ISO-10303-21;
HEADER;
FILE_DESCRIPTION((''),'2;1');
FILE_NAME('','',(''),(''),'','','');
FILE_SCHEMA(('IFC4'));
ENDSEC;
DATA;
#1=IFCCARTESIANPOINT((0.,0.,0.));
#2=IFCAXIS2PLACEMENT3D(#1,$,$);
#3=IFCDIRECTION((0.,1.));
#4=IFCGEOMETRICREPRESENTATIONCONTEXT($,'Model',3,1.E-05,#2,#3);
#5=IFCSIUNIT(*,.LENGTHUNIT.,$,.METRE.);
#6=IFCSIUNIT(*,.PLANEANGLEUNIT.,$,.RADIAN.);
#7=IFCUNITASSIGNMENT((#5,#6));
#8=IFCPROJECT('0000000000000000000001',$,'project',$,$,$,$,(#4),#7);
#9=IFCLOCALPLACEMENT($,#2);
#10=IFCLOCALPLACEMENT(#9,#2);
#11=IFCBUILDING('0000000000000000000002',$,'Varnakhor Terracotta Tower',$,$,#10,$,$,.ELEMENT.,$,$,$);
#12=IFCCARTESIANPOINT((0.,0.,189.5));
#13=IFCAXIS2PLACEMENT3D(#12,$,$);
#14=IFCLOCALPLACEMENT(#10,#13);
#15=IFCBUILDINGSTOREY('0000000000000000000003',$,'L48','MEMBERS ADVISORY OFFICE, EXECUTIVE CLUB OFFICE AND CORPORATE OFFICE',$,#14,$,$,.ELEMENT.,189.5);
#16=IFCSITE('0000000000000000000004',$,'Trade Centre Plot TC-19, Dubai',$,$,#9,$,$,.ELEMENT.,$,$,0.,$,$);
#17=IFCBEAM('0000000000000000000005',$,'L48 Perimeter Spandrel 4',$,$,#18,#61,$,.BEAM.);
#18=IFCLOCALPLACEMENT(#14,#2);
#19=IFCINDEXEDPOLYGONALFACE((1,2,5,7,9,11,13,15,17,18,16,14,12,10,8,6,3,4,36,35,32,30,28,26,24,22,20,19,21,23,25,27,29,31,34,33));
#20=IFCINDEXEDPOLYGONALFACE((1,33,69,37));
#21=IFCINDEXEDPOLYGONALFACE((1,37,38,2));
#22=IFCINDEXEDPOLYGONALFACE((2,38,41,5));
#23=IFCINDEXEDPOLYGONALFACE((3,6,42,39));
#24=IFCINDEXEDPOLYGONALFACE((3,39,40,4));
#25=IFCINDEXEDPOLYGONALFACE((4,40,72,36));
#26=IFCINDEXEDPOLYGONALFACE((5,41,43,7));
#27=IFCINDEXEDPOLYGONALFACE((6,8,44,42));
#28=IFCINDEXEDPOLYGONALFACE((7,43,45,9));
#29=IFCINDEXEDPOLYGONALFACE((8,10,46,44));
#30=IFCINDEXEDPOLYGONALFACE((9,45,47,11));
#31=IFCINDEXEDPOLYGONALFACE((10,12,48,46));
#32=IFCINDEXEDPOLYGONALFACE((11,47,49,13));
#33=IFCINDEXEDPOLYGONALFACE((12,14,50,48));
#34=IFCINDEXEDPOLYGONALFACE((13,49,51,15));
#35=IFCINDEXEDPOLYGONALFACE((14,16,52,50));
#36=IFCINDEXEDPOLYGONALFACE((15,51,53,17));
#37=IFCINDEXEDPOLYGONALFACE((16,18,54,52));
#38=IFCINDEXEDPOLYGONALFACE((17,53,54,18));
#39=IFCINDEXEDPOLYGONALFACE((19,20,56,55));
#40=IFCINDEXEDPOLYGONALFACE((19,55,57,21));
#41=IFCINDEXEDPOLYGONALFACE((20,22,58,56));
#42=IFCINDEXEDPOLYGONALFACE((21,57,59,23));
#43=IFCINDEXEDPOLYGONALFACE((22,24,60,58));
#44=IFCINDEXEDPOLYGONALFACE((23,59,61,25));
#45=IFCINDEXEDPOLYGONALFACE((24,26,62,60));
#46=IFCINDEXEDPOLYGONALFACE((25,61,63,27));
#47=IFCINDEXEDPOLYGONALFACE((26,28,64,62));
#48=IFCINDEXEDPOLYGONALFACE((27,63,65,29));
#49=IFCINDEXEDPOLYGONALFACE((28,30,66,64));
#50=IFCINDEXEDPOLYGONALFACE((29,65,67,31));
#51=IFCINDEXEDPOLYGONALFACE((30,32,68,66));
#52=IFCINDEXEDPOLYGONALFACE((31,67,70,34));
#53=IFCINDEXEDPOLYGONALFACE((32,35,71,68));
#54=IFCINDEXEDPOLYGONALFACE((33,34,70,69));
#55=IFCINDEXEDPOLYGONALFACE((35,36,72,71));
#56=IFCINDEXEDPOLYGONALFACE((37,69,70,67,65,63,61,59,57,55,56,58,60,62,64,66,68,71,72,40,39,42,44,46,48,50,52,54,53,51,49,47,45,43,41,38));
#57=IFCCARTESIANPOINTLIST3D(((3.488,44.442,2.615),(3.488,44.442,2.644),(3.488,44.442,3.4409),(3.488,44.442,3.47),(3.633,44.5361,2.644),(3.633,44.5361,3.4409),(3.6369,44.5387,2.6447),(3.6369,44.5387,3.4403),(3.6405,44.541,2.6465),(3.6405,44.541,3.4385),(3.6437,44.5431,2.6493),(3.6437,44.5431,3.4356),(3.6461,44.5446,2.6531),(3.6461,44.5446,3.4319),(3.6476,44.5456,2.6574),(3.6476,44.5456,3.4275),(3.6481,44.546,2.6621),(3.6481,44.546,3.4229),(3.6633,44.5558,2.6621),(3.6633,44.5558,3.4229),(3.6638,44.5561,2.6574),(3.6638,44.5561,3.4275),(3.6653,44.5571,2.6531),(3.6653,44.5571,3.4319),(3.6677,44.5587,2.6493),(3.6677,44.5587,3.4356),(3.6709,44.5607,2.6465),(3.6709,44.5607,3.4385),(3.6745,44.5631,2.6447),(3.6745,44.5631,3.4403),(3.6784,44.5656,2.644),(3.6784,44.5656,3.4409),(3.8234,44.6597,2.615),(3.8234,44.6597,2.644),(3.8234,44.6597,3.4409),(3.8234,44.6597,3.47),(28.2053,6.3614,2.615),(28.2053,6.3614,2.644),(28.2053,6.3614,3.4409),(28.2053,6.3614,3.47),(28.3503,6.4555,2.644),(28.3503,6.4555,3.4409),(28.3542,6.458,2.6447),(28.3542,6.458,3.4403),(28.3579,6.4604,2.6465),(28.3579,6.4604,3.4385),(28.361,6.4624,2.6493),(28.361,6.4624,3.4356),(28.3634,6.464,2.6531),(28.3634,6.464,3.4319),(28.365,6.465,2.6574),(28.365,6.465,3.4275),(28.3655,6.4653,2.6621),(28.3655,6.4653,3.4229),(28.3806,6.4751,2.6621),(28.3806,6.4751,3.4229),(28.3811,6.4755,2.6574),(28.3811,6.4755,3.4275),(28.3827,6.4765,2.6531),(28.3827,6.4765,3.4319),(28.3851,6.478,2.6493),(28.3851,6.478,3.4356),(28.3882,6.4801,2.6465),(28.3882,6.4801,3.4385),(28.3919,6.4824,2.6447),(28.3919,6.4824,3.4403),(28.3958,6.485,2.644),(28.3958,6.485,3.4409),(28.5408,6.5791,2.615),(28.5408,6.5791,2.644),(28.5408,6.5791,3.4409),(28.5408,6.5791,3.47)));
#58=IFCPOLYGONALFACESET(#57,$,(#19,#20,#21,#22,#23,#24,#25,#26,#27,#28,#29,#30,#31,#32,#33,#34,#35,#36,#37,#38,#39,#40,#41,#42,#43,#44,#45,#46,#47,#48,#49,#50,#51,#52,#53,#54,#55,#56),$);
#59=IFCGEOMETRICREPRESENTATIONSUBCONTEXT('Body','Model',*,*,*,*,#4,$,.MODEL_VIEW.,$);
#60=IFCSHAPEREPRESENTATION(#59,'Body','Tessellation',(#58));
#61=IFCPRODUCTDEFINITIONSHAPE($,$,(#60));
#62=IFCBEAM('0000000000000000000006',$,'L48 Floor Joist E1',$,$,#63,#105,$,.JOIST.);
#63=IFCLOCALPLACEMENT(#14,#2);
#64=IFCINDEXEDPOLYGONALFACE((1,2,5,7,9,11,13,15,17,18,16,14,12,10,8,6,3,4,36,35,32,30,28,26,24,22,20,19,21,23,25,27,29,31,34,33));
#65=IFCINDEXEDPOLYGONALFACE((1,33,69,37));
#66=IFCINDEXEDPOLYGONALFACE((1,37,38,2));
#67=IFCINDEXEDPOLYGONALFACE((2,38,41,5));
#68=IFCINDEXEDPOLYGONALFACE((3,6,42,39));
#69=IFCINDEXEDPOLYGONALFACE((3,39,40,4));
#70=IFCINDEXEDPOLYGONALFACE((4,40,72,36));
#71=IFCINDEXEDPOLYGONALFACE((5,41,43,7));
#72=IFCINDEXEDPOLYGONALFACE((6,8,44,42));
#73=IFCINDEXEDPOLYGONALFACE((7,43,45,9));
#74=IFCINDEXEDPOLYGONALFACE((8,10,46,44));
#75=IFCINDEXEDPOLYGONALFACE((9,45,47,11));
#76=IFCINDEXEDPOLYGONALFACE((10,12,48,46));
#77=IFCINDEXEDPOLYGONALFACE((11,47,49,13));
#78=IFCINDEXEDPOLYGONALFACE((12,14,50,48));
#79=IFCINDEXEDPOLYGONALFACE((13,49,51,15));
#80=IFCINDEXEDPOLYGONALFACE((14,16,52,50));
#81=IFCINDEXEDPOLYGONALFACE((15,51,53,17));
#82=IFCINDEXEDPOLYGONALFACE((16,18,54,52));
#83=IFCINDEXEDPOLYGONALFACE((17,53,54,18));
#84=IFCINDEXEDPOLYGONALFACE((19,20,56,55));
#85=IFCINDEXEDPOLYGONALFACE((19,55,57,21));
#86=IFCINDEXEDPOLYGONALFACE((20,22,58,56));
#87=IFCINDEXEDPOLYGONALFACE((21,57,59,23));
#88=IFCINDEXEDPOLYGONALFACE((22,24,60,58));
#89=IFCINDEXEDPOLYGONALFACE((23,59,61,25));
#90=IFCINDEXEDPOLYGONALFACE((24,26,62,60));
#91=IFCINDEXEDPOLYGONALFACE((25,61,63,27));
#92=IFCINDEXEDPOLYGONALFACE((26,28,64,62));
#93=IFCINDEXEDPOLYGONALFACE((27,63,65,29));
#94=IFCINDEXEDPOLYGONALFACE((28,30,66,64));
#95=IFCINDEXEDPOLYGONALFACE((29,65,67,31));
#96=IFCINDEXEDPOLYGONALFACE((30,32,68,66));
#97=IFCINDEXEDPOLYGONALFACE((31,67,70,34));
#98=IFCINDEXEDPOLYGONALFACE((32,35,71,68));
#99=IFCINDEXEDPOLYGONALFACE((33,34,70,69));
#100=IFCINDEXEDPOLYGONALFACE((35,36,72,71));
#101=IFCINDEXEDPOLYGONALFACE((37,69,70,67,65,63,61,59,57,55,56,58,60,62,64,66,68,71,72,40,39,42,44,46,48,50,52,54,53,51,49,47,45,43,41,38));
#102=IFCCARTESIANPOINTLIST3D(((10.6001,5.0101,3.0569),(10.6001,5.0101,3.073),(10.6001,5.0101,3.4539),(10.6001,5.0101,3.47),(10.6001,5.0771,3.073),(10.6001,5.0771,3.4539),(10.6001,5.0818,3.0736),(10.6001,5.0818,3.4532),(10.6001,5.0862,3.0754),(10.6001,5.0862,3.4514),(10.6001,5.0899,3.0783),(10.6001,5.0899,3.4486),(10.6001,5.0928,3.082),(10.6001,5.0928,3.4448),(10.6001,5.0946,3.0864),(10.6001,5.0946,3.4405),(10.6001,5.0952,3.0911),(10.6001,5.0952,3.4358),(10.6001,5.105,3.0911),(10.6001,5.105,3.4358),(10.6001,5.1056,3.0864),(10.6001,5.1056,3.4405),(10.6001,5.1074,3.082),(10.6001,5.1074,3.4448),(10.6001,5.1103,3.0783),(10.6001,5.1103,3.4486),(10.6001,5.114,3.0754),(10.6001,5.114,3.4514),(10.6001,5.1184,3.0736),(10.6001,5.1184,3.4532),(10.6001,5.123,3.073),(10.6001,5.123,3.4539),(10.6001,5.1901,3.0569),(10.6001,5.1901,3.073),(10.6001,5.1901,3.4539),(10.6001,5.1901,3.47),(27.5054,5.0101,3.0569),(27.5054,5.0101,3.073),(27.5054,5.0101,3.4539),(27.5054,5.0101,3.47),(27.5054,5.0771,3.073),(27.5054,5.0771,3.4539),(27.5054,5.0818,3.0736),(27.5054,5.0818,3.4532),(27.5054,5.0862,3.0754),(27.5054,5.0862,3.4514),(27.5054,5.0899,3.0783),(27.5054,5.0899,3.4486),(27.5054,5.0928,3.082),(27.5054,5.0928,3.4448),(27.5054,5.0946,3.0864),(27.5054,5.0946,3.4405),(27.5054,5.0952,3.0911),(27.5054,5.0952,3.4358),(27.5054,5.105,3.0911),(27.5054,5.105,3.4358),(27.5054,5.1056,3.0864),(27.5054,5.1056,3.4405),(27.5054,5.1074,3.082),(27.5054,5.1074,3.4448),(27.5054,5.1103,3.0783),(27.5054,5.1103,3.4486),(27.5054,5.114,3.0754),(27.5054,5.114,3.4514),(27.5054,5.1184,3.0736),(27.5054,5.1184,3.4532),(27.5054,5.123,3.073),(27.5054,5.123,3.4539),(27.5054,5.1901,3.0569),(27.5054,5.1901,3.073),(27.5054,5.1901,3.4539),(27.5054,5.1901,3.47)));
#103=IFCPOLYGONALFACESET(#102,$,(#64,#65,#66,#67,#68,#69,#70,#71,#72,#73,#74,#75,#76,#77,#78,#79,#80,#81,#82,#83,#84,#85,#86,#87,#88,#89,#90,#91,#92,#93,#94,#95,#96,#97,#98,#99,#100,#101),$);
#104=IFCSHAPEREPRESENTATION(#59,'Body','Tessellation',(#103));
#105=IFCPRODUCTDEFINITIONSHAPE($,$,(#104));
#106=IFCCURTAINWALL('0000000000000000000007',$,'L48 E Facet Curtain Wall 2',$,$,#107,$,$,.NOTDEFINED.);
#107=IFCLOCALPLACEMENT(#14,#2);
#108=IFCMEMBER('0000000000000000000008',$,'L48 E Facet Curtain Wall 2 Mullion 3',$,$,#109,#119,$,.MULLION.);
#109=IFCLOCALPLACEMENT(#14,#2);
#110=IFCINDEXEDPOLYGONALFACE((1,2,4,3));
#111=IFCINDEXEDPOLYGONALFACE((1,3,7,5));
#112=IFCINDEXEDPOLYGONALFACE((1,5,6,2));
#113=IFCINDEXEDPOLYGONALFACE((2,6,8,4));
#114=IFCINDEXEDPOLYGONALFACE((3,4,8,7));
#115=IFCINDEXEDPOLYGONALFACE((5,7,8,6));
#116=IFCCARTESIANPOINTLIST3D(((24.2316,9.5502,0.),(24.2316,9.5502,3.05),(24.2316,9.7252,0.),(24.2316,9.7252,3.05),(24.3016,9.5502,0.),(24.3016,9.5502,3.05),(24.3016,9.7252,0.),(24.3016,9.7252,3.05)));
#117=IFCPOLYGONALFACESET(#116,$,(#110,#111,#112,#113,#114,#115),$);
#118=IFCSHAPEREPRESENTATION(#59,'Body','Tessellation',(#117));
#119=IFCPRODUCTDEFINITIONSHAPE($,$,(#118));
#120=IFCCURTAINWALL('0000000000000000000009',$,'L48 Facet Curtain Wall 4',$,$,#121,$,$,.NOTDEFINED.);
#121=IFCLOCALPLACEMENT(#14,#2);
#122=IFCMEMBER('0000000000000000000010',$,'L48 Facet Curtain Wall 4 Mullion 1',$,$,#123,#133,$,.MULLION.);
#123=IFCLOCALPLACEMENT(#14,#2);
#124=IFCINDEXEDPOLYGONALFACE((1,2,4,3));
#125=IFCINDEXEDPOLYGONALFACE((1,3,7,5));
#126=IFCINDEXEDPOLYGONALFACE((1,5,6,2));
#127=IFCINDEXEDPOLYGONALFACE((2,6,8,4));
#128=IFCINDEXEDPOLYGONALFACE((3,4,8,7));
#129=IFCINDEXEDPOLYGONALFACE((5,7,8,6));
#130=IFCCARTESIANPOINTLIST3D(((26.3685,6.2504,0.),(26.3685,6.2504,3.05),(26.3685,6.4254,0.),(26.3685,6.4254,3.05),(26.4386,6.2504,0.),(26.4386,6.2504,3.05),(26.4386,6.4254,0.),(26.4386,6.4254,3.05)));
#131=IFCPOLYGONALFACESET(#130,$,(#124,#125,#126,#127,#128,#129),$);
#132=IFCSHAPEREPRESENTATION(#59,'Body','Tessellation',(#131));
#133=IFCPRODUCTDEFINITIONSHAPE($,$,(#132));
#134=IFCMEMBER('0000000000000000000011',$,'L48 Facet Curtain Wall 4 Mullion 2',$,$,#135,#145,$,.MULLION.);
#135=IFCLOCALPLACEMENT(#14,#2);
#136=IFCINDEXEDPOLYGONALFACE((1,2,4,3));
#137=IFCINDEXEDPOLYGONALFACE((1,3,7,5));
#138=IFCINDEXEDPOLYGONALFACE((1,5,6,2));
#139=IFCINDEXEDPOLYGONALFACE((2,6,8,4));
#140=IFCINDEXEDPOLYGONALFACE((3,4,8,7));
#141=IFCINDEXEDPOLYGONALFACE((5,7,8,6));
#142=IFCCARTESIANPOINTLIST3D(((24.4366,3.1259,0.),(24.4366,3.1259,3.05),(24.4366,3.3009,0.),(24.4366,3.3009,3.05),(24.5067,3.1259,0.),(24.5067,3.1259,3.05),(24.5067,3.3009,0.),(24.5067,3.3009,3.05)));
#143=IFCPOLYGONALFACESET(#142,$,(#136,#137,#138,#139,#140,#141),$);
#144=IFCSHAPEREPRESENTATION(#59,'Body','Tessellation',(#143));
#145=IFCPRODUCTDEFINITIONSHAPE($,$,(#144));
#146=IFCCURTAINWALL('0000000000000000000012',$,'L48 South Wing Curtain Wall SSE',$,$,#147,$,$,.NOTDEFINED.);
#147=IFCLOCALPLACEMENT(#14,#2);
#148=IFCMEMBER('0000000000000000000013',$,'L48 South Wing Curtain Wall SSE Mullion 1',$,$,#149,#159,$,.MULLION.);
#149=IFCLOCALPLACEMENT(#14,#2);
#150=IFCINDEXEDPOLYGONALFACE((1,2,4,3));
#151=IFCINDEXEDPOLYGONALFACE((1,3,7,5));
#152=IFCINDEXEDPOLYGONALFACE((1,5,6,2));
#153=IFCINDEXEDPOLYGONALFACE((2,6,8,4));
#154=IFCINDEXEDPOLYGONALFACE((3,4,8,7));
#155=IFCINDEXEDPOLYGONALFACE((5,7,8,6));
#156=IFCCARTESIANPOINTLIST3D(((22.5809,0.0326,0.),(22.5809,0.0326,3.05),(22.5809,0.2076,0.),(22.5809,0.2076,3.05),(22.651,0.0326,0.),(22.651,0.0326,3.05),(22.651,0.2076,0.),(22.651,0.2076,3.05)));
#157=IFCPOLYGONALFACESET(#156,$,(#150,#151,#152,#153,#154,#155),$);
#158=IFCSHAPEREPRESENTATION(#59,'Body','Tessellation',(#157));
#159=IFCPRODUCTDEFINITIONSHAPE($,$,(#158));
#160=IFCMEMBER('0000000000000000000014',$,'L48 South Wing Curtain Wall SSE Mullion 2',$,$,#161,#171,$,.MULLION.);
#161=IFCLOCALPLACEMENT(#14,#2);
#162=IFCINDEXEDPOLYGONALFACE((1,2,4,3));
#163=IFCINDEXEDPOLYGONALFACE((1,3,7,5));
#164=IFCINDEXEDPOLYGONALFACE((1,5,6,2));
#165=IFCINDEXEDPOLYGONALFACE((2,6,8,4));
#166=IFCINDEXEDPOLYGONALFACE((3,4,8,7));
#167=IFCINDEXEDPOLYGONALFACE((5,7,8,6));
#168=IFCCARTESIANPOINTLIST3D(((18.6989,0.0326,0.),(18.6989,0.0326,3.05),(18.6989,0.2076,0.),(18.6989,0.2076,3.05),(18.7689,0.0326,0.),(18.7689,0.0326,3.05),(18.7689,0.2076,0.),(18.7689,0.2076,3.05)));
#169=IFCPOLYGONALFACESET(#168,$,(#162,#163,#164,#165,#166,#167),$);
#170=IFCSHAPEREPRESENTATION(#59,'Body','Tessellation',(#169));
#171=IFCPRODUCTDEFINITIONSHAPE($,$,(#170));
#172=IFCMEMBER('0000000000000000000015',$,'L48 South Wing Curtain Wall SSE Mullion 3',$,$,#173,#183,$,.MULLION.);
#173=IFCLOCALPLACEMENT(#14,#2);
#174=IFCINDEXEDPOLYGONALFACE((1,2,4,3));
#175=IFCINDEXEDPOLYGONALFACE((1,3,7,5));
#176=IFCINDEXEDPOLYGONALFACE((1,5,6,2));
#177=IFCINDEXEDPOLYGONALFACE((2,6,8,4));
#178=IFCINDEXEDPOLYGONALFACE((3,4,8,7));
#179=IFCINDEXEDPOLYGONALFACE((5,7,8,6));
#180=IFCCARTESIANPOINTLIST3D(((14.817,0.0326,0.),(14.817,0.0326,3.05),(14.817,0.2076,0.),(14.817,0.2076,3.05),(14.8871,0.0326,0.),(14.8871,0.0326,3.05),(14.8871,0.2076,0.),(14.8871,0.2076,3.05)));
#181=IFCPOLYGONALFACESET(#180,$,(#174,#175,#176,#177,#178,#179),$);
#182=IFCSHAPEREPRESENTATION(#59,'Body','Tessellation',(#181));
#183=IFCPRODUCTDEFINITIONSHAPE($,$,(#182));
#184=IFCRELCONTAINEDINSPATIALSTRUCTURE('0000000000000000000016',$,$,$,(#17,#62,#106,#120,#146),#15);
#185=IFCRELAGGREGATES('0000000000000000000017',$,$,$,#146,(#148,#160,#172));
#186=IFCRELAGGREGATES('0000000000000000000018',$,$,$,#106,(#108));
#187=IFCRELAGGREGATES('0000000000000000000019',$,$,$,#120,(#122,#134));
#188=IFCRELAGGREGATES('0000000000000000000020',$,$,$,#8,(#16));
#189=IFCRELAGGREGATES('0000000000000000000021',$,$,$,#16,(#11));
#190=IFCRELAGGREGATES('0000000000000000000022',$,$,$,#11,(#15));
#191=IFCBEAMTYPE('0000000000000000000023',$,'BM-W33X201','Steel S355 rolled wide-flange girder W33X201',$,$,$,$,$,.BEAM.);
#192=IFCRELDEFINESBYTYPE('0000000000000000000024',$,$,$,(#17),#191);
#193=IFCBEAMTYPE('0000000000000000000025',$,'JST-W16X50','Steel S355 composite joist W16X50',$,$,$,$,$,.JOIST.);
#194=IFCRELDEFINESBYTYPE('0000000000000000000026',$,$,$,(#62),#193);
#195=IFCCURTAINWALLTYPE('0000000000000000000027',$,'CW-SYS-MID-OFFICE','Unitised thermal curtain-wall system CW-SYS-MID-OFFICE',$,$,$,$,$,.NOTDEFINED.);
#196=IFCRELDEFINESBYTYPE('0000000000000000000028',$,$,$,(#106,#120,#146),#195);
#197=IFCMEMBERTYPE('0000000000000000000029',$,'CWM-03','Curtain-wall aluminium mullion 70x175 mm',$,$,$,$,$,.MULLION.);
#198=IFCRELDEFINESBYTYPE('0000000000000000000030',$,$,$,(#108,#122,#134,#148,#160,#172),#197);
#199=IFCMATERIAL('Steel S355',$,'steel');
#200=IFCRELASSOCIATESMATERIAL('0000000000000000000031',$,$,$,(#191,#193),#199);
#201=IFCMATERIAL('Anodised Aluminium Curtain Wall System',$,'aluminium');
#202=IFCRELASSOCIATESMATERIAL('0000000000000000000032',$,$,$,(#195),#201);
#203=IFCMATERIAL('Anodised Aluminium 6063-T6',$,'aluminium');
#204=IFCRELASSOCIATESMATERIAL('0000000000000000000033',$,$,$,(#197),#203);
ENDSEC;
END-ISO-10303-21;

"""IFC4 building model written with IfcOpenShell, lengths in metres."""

from ifc_helpers import new_model, si_unit, direction, frame, origin, origin_2d, place, context, subcontext, project, spatial, rectangle, i_section, extrude, source, transform, mapped, material, material_profile, profile_set, type_object, element, aggregate, save


model = new_model("IFC4")

# Units and contexts
model_context = context("Model", 3, precision=1e-05, world=origin(), true_north=direction((0.0, 1.0)))
body_context = subcontext(model_context, "Body", "Model", "MODEL_VIEW")
ifc_project = project(units=[si_unit("LENGTHUNIT", "METRE"), si_unit("PLANEANGLEUNIT", "RADIAN")], contexts=[model_context])

# Site, building, storey
site_placement = place(None, origin())
site = spatial("IfcSite", under=ifc_project, at=site_placement, Name="Trade Centre Plot TC-19, Dubai", CompositionType="ELEMENT", RefElevation=0.0)
building_placement = place(site_placement, origin())
building = spatial("IfcBuilding", under=site, at=building_placement, Name="Varnakhor Terracotta Tower", CompositionType="ELEMENT")
storey_placement = place(building_placement, frame((0.0, 0.0, 189.5)))
storey = spatial("IfcBuildingStorey", under=building, at=storey_placement, Name="L48", Description="MEMBERS ADVISORY OFFICE, EXECUTIVE CLUB OFFICE AND CORPORATE OFFICE", CompositionType="ELEMENT", Elevation=189.5)

# Beams
ifc_material_1 = material(Name="Steel S355", Category="steel")
ifc_material_profile_1 = material_profile(ifc_material_1, i_section(OverallWidth=0.3999, OverallDepth=0.855, WebThickness=0.0181, FlangeThickness=0.0291, FilletRadius=0.0181, at=origin_2d()), Name="W33X201")
ifc_profile_set_1 = profile_set([ifc_material_profile_1], Name="Steel S355")
beam_type_1 = type_object("IfcBeamType", Name="BM-W33X201", Description="Steel S355 rolled wide-flange girder W33X201", PredefinedType="BEAM", material=ifc_profile_set_1)
shared_shape_1 = source(origin(), body_context, "Body", "SweptSolid", [
    extrude(i_section(OverallWidth=0.3999, OverallDepth=0.855, WebThickness=0.0181, FlangeThickness=0.0291, FilletRadius=0.0181, at=origin_2d()), origin(), (0.0, 0.0, 1.0), 45.3992),
])
beam_1_placement = place(storey_placement, frame((28.373, 6.4702, 3.0425), z_axis=(-0.544445, 0.838797, 0.0), x_axis=(-0.838797, -0.544445, 0.0)))
element("IfcBeam", 1, at=beam_1_placement, inside=storey, type_object=beam_type_1, Name="L48 Perimeter Spandrel 4", PredefinedType="BEAM", context=body_context, shape_type="MappedRepresentation", body=[
    mapped(shared_shape_1, transform((0.0, 0.0, 0.0), scale=1.0)),
])
ifc_material_profile_2 = material_profile(ifc_material_1, i_section(OverallWidth=0.1799, OverallDepth=0.4131, WebThickness=0.0098, FlangeThickness=0.0161, FilletRadius=0.0181, at=origin_2d()), Name="W16X50")
ifc_profile_set_2 = profile_set([ifc_material_profile_2], Name="Steel S355")
beam_type_2 = type_object("IfcBeamType", Name="JST-W16X50", Description="Steel S355 composite joist W16X50", PredefinedType="JOIST", material=ifc_profile_set_2)
shared_shape_2 = source(origin(), body_context, "Body", "SweptSolid", [
    extrude(i_section(OverallWidth=0.1799, OverallDepth=0.4131, WebThickness=0.0098, FlangeThickness=0.0161, FilletRadius=0.0181, at=origin_2d()), origin(), (0.0, 0.0, 1.0), 16.9053),
])
beam_2_placement = place(storey_placement, frame((10.6001, 5.1001, 3.2634), z_axis=(1.0, 0.0, 0.0), x_axis=(0.0, 1.0, 0.0)))
element("IfcBeam", 2, at=beam_2_placement, inside=storey, type_object=beam_type_2, Name="L48 Floor Joist E1", PredefinedType="JOIST", context=body_context, shape_type="MappedRepresentation", body=[
    mapped(shared_shape_2, transform((0.0, 0.0, 0.0), scale=1.0)),
])

# Curtain wall, member
ifc_material_2 = material(Name="Anodised Aluminium Curtain Wall System", Category="aluminium")
curtain_wall_type = type_object("IfcCurtainWallType", Name="CW-SYS-MID-OFFICE", Description="Unitised thermal curtain-wall system CW-SYS-MID-OFFICE", PredefinedType="NOTDEFINED", material=ifc_material_2)
curtain_wall_1_placement = place(storey_placement, origin())
curtain_wall_1 = element("IfcCurtainWall", 3, at=curtain_wall_1_placement, inside=storey, type_object=curtain_wall_type, Name="L48 E Facet Curtain Wall 2", PredefinedType="NOTDEFINED")
ifc_material_3 = material(Name="Anodised Aluminium 6063-T6", Category="aluminium")
ifc_material_profile_3 = material_profile(ifc_material_3, rectangle(XDim=0.0701, YDim=0.175, at=origin_2d()), Name="ALU MULLION 70x175")
ifc_profile_set_3 = profile_set([ifc_material_profile_3], Name="Anodised Aluminium 6063-T6")
member_type_1 = type_object("IfcMemberType", Name="CWM-03", Description="Curtain-wall aluminium mullion 70x175 mm", PredefinedType="MULLION", material=ifc_profile_set_3)
shared_shape_3 = source(origin(), body_context, "Body", "SweptSolid", [
    extrude(rectangle(XDim=0.0701, YDim=0.175, at=origin_2d()), origin(), (0.0, 0.0, 1.0), 3.05),
])
member_1_placement = place(storey_placement, frame((24.2666, 9.6377, 0.0), z_axis=(0.0, 0.0, 1.0), x_axis=(1.0, 0.0, 0.0)))
member_1 = element("IfcMember", 4, at=member_1_placement, type_object=member_type_1, Name="L48 E Facet Curtain Wall 2 Mullion 3", PredefinedType="MULLION", context=body_context, shape_type="MappedRepresentation", body=[
    mapped(shared_shape_3, transform((0.0, 0.0, 0.0), scale=1.0)),
])

# Curtain walls, members
curtain_wall_2_placement = place(storey_placement, origin())
curtain_wall_2 = element("IfcCurtainWall", 5, at=curtain_wall_2_placement, inside=storey, type_object=curtain_wall_type, Name="L48 Facet Curtain Wall 4", PredefinedType="NOTDEFINED")
member_2_placement = place(storey_placement, frame((26.4036, 6.3379, 0.0), z_axis=(0.0, 0.0, 1.0), x_axis=(1.0, 0.0, 0.0)))
member_2 = element("IfcMember", 6, at=member_2_placement, type_object=member_type_1, Name="L48 Facet Curtain Wall 4 Mullion 1", PredefinedType="MULLION", context=body_context, shape_type="MappedRepresentation", body=[
    mapped(shared_shape_3, transform((0.0, 0.0, 0.0), scale=1.0)),
])
member_3_placement = place(storey_placement, frame((24.4717, 3.2134, 0.0), z_axis=(0.0, 0.0, 1.0), x_axis=(1.0, 0.0, 0.0)))
member_3 = element("IfcMember", 7, at=member_3_placement, type_object=member_type_1, Name="L48 Facet Curtain Wall 4 Mullion 2", PredefinedType="MULLION", context=body_context, shape_type="MappedRepresentation", body=[
    mapped(shared_shape_3, transform((0.0, 0.0, 0.0), scale=1.0)),
])
curtain_wall_3_placement = place(storey_placement, origin())
curtain_wall_3 = element("IfcCurtainWall", 8, at=curtain_wall_3_placement, inside=storey, type_object=curtain_wall_type, Name="L48 South Wing Curtain Wall SSE", PredefinedType="NOTDEFINED")
member_4_placement = place(storey_placement, frame((22.616, 0.1201, 0.0), z_axis=(0.0, 0.0, 1.0), x_axis=(1.0, 0.0, 0.0)))
member_4 = element("IfcMember", 9, at=member_4_placement, type_object=member_type_1, Name="L48 South Wing Curtain Wall SSE Mullion 1", PredefinedType="MULLION", context=body_context, shape_type="MappedRepresentation", body=[
    mapped(shared_shape_3, transform((0.0, 0.0, 0.0), scale=1.0)),
])
member_5_placement = place(storey_placement, frame((18.7339, 0.1201, 0.0), z_axis=(0.0, 0.0, 1.0), x_axis=(1.0, 0.0, 0.0)))
member_5 = element("IfcMember", 10, at=member_5_placement, type_object=member_type_1, Name="L48 South Wing Curtain Wall SSE Mullion 2", PredefinedType="MULLION", context=body_context, shape_type="MappedRepresentation", body=[
    mapped(shared_shape_3, transform((0.0, 0.0, 0.0), scale=1.0)),
])
member_6_placement = place(storey_placement, frame((14.8521, 0.1201, 0.0), z_axis=(0.0, 0.0, 1.0), x_axis=(1.0, 0.0, 0.0)))
member_6 = element("IfcMember", 11, at=member_6_placement, type_object=member_type_1, Name="L48 South Wing Curtain Wall SSE Mullion 3", PredefinedType="MULLION", context=body_context, shape_type="MappedRepresentation", body=[
    mapped(shared_shape_3, transform((0.0, 0.0, 0.0), scale=1.0)),
])

aggregate(curtain_wall_3, [member_4, member_5, member_6])
aggregate(curtain_wall_1, [member_1])
aggregate(curtain_wall_2, [member_2, member_3])

save(model, "model.ifc")
